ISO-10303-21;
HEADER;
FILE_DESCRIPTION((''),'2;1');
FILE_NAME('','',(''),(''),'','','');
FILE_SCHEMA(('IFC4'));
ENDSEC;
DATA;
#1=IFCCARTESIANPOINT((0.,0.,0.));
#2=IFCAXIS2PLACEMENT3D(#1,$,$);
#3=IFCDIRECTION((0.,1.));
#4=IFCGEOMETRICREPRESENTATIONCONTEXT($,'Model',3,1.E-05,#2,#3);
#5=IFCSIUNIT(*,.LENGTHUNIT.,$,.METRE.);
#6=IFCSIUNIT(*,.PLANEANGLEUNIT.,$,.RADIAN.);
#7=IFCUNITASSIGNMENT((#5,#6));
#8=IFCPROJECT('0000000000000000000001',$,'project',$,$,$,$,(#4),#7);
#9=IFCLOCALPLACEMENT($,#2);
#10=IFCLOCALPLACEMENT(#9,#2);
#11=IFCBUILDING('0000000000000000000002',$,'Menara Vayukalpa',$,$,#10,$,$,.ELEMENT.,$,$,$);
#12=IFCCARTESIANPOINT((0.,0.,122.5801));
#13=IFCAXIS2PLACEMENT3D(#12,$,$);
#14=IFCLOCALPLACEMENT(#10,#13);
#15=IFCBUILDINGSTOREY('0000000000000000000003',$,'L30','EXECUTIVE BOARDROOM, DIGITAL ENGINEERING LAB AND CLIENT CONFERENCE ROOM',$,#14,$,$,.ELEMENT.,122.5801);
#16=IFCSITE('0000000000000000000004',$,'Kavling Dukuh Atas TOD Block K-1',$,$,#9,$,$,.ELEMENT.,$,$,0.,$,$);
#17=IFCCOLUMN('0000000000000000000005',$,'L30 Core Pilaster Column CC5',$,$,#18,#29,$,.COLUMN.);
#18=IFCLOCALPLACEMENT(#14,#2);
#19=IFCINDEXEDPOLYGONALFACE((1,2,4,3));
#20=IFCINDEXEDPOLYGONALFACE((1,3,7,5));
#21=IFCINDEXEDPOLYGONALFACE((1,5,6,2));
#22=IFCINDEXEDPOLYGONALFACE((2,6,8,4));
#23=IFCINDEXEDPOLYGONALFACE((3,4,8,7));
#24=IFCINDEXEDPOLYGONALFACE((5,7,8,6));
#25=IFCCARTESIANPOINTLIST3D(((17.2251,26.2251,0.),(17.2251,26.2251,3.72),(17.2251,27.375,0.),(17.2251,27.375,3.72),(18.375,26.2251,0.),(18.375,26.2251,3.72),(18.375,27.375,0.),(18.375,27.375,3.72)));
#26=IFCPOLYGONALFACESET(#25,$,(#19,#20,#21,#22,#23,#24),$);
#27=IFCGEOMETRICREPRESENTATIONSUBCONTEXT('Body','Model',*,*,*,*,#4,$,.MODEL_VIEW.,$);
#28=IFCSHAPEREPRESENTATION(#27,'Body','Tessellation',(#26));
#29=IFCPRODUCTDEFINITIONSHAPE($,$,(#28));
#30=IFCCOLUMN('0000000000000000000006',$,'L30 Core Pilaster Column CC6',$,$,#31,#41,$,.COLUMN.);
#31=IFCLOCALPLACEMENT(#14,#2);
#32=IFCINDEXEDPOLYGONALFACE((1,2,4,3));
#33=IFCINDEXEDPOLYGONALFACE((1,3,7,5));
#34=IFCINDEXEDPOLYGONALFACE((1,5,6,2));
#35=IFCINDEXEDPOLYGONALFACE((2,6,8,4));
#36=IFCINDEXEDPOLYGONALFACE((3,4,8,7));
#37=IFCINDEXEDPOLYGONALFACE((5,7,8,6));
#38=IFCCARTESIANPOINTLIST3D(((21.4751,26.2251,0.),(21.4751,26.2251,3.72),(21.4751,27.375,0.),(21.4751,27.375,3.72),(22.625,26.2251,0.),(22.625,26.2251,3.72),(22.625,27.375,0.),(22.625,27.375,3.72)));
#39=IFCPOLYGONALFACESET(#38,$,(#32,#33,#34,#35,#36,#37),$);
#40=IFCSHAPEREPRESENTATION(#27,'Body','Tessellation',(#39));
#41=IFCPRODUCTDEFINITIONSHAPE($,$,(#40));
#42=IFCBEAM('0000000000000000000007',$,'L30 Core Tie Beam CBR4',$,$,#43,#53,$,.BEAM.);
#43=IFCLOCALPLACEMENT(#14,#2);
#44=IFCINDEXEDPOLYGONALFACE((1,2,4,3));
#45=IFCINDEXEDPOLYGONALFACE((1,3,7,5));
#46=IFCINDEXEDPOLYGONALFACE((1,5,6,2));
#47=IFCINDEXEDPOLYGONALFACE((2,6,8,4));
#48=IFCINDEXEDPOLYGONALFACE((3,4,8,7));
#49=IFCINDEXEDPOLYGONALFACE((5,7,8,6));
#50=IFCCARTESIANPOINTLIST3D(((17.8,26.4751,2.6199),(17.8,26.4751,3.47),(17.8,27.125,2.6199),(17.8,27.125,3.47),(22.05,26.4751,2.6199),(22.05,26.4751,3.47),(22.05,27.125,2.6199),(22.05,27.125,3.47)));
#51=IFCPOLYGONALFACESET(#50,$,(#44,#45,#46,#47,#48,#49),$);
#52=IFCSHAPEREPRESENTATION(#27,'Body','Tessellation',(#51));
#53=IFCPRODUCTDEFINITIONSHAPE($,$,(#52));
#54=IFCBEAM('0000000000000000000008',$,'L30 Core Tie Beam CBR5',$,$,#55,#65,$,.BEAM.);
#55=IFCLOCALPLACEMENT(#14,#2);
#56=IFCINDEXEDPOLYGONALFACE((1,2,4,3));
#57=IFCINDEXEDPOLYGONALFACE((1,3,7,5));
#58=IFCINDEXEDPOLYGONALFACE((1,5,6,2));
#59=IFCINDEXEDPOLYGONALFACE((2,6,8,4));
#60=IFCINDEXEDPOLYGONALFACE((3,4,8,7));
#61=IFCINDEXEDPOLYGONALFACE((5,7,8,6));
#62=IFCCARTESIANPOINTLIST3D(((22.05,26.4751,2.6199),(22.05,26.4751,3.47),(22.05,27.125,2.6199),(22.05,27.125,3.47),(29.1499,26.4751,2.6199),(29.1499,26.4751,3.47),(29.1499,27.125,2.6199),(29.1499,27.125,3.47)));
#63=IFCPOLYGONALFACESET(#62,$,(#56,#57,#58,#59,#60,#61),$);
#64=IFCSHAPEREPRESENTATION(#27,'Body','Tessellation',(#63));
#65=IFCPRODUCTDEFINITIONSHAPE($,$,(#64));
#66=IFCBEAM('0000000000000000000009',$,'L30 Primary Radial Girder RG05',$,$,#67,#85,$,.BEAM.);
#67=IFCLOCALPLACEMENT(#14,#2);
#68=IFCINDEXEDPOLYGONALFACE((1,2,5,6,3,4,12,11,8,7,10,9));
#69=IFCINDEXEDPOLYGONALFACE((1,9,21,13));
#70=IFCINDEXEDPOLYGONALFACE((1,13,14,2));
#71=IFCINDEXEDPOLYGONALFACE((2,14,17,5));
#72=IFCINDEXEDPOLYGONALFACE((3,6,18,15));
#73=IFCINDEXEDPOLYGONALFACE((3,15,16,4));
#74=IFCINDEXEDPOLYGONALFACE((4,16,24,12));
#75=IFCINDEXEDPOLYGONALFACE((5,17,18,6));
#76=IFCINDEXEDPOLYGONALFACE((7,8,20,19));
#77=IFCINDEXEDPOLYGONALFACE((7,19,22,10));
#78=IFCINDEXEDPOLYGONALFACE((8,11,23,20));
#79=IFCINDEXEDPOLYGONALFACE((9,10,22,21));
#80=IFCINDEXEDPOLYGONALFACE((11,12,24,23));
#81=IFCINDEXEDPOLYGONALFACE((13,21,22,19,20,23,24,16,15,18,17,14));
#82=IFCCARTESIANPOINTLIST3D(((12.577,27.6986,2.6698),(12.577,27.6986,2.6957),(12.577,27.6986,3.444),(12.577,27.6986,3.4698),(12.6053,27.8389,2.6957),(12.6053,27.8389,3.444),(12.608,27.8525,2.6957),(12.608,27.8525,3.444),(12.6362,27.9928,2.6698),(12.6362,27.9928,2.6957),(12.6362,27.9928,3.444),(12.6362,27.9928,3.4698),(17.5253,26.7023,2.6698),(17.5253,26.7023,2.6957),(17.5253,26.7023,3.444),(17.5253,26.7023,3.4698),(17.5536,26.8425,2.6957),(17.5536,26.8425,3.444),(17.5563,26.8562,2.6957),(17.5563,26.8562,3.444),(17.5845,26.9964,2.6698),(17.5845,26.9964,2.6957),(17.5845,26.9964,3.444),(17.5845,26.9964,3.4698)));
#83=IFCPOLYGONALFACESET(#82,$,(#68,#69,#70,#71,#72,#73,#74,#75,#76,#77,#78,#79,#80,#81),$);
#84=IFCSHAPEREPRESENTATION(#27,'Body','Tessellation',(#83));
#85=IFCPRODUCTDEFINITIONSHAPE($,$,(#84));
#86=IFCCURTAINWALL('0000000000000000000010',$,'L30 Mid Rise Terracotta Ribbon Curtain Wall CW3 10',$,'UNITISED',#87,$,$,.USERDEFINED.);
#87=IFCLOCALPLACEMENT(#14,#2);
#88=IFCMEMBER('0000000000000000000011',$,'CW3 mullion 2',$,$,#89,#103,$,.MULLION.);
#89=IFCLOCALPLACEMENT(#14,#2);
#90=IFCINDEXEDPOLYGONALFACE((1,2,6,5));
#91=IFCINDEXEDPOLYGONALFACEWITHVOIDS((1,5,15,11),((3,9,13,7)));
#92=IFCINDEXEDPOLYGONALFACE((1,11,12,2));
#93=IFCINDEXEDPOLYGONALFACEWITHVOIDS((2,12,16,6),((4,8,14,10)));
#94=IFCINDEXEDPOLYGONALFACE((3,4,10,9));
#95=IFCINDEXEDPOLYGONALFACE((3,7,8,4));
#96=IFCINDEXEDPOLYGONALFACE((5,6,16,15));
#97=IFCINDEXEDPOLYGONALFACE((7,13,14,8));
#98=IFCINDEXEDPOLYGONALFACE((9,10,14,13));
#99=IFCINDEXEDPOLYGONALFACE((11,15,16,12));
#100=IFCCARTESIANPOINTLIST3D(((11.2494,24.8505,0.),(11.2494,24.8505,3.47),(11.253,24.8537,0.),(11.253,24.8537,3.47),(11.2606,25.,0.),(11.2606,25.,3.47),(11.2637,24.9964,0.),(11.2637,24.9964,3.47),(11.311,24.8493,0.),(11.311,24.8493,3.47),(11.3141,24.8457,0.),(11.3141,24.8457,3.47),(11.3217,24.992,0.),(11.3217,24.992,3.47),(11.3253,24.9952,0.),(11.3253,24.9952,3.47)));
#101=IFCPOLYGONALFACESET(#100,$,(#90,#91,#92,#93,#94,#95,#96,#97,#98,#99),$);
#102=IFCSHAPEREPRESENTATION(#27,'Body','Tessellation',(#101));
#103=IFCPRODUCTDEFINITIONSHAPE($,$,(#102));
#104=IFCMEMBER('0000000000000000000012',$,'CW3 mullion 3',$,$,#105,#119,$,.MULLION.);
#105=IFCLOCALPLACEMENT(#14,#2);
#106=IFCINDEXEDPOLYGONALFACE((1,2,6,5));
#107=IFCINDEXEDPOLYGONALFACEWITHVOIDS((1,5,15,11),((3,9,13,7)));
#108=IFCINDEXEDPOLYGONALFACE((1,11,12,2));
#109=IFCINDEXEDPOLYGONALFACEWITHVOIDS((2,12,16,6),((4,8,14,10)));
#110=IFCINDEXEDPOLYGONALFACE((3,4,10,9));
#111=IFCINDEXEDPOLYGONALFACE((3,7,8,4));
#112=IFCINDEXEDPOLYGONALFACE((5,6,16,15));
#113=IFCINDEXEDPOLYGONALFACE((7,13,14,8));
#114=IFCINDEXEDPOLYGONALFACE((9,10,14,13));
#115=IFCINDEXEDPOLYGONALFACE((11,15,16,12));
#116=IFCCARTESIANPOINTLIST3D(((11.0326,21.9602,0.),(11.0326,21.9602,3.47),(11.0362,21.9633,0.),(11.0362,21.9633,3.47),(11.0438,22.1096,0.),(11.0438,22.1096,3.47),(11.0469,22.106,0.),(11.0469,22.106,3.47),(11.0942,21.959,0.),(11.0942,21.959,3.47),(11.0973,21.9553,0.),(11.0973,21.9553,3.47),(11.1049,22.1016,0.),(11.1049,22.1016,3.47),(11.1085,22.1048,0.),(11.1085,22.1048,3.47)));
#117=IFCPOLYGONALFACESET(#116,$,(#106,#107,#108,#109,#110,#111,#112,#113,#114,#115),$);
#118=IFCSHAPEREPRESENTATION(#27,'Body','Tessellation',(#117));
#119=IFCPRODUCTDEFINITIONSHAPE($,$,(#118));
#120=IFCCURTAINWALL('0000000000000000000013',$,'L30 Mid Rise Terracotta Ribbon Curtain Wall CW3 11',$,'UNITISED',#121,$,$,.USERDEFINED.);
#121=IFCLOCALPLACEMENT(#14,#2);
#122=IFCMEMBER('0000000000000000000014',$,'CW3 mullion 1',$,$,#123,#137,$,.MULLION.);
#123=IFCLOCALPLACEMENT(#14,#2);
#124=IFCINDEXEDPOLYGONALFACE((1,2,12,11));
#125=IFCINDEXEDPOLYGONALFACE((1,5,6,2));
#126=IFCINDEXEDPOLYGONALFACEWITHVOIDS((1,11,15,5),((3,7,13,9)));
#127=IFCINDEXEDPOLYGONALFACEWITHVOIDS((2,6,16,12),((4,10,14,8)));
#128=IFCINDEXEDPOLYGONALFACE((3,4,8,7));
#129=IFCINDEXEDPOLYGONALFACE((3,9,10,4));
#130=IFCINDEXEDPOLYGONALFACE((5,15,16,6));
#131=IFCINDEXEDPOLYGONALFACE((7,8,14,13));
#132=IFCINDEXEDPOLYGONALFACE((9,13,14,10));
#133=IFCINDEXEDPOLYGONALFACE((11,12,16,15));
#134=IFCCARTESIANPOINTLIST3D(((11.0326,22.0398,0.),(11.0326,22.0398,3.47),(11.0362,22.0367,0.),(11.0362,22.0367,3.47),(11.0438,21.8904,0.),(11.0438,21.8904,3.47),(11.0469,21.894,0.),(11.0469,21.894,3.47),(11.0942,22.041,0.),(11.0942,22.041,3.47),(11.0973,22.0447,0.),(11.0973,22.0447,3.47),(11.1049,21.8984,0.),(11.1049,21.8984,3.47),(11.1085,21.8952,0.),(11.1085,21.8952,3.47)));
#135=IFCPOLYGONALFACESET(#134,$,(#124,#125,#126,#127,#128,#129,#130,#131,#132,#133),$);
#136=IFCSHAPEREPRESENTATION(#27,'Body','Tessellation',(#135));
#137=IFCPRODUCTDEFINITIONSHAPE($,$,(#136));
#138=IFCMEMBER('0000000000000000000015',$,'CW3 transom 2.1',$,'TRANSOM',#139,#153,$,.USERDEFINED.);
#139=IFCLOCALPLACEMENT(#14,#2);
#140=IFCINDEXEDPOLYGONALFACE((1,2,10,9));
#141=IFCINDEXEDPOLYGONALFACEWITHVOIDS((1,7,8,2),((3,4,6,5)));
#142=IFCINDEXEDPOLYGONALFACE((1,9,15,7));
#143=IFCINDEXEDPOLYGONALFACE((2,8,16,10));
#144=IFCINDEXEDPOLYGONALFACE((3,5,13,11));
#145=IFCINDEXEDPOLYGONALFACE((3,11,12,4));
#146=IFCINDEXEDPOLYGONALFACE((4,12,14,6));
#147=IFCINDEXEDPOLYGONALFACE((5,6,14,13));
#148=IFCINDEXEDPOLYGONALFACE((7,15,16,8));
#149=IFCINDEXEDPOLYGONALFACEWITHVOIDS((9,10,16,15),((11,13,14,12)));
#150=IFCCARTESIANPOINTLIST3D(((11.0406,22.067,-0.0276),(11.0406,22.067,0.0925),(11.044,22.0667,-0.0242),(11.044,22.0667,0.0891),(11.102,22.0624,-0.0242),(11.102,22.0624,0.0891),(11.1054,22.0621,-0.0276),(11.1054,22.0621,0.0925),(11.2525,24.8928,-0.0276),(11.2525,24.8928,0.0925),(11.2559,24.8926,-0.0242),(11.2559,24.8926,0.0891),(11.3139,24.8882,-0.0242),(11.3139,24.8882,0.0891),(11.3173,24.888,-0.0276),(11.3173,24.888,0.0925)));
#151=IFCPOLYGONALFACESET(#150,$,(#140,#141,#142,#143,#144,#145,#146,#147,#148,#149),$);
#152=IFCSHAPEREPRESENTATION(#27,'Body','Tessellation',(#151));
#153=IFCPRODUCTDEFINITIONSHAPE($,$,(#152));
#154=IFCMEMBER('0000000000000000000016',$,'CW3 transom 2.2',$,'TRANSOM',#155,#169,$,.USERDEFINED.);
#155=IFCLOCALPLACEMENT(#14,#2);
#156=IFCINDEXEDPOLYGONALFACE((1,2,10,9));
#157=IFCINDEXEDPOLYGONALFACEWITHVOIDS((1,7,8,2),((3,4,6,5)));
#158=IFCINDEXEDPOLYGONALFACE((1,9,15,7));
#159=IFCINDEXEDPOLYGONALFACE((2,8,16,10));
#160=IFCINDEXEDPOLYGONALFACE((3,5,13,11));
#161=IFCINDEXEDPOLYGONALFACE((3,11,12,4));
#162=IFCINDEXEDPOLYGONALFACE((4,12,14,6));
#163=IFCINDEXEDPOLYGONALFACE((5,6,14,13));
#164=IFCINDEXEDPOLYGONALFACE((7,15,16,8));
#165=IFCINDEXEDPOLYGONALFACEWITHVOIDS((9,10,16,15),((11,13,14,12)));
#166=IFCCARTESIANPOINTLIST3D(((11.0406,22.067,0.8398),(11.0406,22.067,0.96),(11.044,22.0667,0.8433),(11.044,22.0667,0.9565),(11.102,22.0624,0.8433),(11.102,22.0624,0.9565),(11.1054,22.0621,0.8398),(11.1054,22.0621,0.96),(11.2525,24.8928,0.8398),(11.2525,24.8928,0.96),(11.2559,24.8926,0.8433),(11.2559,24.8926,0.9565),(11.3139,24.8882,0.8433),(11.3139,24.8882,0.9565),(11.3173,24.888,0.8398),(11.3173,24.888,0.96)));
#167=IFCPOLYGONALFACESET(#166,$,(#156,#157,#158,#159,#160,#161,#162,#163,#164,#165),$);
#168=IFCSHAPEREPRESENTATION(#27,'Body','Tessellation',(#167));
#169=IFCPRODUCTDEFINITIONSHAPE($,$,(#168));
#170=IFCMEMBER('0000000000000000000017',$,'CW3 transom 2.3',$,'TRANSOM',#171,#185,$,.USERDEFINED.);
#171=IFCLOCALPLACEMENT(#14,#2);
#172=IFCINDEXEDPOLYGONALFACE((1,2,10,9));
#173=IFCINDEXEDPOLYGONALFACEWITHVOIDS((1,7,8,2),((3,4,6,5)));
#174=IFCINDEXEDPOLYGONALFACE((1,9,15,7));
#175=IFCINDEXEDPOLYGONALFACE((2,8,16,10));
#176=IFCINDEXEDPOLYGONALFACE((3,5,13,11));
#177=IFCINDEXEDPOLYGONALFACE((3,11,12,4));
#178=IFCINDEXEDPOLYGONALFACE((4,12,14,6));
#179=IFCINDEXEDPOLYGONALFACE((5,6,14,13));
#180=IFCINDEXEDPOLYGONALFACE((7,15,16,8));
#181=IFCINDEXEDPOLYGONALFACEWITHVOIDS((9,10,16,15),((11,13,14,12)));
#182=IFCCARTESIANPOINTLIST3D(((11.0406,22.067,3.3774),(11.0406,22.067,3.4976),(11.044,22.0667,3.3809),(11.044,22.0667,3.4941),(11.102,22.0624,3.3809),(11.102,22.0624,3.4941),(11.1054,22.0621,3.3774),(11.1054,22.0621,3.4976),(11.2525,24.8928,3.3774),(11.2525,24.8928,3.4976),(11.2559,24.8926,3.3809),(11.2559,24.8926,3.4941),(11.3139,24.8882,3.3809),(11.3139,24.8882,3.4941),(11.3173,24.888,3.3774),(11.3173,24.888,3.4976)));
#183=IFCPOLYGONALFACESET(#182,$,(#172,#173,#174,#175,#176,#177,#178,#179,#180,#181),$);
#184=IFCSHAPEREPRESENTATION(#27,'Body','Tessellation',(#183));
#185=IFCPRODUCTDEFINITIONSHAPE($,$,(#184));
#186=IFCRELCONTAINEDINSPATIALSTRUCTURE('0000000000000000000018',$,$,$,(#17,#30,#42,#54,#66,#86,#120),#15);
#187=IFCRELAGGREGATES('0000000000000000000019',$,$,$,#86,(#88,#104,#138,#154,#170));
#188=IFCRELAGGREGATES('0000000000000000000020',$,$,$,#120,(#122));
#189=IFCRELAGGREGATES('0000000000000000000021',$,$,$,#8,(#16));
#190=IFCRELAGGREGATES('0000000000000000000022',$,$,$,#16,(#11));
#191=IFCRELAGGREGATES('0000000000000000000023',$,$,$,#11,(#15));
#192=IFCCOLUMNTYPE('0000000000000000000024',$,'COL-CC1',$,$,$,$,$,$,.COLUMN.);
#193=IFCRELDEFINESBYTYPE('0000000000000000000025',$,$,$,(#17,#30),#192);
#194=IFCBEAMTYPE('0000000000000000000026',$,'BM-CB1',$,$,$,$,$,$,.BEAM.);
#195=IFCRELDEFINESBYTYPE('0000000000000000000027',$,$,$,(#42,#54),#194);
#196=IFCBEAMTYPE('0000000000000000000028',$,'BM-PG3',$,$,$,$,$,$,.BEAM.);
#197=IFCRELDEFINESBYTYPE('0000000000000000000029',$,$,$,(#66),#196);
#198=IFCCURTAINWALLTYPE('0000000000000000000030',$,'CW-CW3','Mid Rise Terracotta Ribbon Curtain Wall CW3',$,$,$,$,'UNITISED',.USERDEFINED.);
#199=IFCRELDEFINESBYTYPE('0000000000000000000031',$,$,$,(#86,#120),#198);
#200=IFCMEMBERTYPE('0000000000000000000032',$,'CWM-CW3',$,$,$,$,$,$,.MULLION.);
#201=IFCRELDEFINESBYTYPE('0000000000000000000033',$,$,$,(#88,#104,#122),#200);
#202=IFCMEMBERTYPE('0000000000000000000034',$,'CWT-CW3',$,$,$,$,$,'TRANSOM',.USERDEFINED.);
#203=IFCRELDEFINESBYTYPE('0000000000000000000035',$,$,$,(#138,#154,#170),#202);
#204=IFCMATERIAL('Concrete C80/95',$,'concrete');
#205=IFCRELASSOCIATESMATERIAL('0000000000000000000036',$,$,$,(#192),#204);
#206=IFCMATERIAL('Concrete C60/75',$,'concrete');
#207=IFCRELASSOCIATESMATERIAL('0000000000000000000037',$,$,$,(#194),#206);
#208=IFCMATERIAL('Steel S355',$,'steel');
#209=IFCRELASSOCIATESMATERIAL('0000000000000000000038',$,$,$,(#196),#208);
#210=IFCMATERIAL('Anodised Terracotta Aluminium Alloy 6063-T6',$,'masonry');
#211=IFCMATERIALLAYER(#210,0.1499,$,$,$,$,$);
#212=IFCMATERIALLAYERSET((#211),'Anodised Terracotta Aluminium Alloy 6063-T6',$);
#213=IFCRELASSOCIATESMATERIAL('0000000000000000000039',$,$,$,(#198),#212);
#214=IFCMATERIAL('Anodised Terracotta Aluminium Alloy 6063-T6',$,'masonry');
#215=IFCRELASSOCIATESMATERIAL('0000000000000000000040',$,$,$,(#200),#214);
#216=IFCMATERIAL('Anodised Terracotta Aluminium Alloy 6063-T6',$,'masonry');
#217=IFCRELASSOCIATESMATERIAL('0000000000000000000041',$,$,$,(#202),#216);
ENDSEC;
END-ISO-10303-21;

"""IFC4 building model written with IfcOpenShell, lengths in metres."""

from ifc_helpers import new_model, si_unit, direction, frame, origin, origin_2d, place, context, subcontext, project, spatial, rectangle, hollow_rectangle, i_section, extrude, material, layer, layer_set, material_profile, profile_set, type_object, element, aggregate, save


model = new_model("IFC4")

# Units and contexts
model_context = context("Model", 3, precision=1e-05, world=origin(), true_north=direction((0.0, 1.0)))
body_context = subcontext(model_context, "Body", "Model", "MODEL_VIEW")
ifc_project = project(units=[si_unit("LENGTHUNIT", "METRE"), si_unit("PLANEANGLEUNIT", "RADIAN")], contexts=[model_context])

# Site, building, storey
site_placement = place(None, origin())
site = spatial("IfcSite", under=ifc_project, at=site_placement, Name="Kavling Dukuh Atas TOD Block K-1", CompositionType="ELEMENT", RefElevation=0.0)
building_placement = place(site_placement, origin())
building = spatial("IfcBuilding", under=site, at=building_placement, Name="Menara Vayukalpa", CompositionType="ELEMENT")
storey_placement = place(building_placement, frame((0.0, 0.0, 122.5801)))
storey = spatial("IfcBuildingStorey", under=building, at=storey_placement, Name="L30", Description="EXECUTIVE BOARDROOM, DIGITAL ENGINEERING LAB AND CLIENT CONFERENCE ROOM", CompositionType="ELEMENT", Elevation=122.5801)

# Columns
ifc_material_1 = material(Name="Concrete C80/95", Category="concrete")
ifc_material_profile_1 = material_profile(ifc_material_1, rectangle(XDim=1.1499, YDim=1.1499, at=origin_2d()), Name="RC 1150x1150")
ifc_profile_set_1 = profile_set([ifc_material_profile_1], Name="Concrete C80/95")
column_type = type_object("IfcColumnType", Name="COL-CC1", PredefinedType="COLUMN", material=ifc_profile_set_1)
for number, where, z_axis, x_axis, name in (
    (1, (17.8, 26.8, 0.0), (0.0, 0.0, 1.0), (1.0, 0.0, 0.0), "L30 Core Pilaster Column CC5"),
    (2, (22.05, 26.8, 0.0), (0.0, 0.0, 1.0), (1.0, 0.0, 0.0), "L30 Core Pilaster Column CC6"),
):
    element("IfcColumn", number, at=place(storey_placement, frame(where, z_axis=z_axis, x_axis=x_axis)), inside=storey, type_object=column_type, Name=name, PredefinedType="COLUMN", context=body_context, shape_type="SweptSolid", body=[
        extrude(rectangle(XDim=1.1499, YDim=1.1499, at=origin_2d()), origin(), (0.0, 0.0, 1.0), 3.72),
    ])

# Beams
ifc_material_2 = material(Name="Concrete C60/75", Category="concrete")
ifc_material_profile_2 = material_profile(ifc_material_2, rectangle(XDim=0.6499, YDim=0.8501, at=origin_2d()), Name="RC 650x850")
ifc_profile_set_2 = profile_set([ifc_material_profile_2], Name="Concrete C60/75")
beam_type_1 = type_object("IfcBeamType", Name="BM-CB1", PredefinedType="BEAM", material=ifc_profile_set_2)
beam_1_placement = place(storey_placement, frame((17.8, 26.8, 3.0449), z_axis=(1.0, 0.0, 0.0), x_axis=(0.0, 1.0, 0.0)))
element("IfcBeam", 3, at=beam_1_placement, inside=storey, type_object=beam_type_1, Name="L30 Core Tie Beam CBR4", PredefinedType="BEAM", context=body_context, shape_type="SweptSolid", body=[
    extrude(rectangle(XDim=0.6499, YDim=0.8501, at=origin_2d()), origin(), (0.0, 0.0, 1.0), 4.25),
])
beam_2_placement = place(storey_placement, frame((22.05, 26.8, 3.0449), z_axis=(1.0, 0.0, 0.0), x_axis=(0.0, 1.0, 0.0)))
element("IfcBeam", 4, at=beam_2_placement, inside=storey, type_object=beam_type_1, Name="L30 Core Tie Beam CBR5", PredefinedType="BEAM", context=body_context, shape_type="SweptSolid", body=[
    extrude(rectangle(XDim=0.6499, YDim=0.8501, at=origin_2d()), origin(), (0.0, 0.0, 1.0), 7.0999),
])
ifc_material_3 = material(Name="Steel S355", Category="steel")
ifc_material_profile_3 = material_profile(ifc_material_3, i_section(OverallWidth=0.3, OverallDepth=0.8, WebThickness=0.0139, FlangeThickness=0.0259, at=origin_2d()), Name="WF 800x300x14x26")
ifc_profile_set_3 = profile_set([ifc_material_profile_3], Name="Steel S355")
beam_type_2 = type_object("IfcBeamType", Name="BM-PG3", PredefinedType="BEAM", material=ifc_profile_set_3)
beam_3_placement = place(storey_placement, frame((17.5549, 26.8494, 3.0698), z_axis=(-0.980325, 0.19739, 0.0), x_axis=(-0.19739, -0.980325, 0.0)))
element("IfcBeam", 5, at=beam_3_placement, inside=storey, type_object=beam_type_2, Name="L30 Primary Radial Girder RG05", PredefinedType="BEAM", context=body_context, shape_type="SweptSolid", body=[
    extrude(i_section(OverallWidth=0.3, OverallDepth=0.8, WebThickness=0.0139, FlangeThickness=0.0259, at=origin_2d()), origin(), (0.0, 0.0, 1.0), 5.0476),
])

# Curtain wall, members
ifc_material_4 = material(Name="Anodised Terracotta Aluminium Alloy 6063-T6", Category="masonry")
ifc_layer_1 = layer(ifc_material_4, 0.1499)
ifc_layer_set_1 = layer_set([ifc_layer_1], Name="Anodised Terracotta Aluminium Alloy 6063-T6")
curtain_wall_type = type_object("IfcCurtainWallType", Name="CW-CW3", Description="Mid Rise Terracotta Ribbon Curtain Wall CW3", ElementType="UNITISED", PredefinedType="USERDEFINED", material=ifc_layer_set_1)
curtain_wall_1_placement = place(storey_placement, origin())
curtain_wall_1 = element("IfcCurtainWall", 6, at=curtain_wall_1_placement, inside=storey, type_object=curtain_wall_type, Name="L30 Mid Rise Terracotta Ribbon Curtain Wall CW3 10", ObjectType="UNITISED", PredefinedType="USERDEFINED")
ifc_material_5 = material(Name="Anodised Terracotta Aluminium Alloy 6063-T6", Category="masonry")
ifc_material_profile_4 = material_profile(ifc_material_5, hollow_rectangle(XDim=0.0649, YDim=0.1499, WallThickness=0.0034, at=origin_2d()), Name="ALU 65x150x3.5")
ifc_profile_set_4 = profile_set([ifc_material_profile_4], Name="Anodised Terracotta Aluminium Alloy 6063-T6")
member_type_1 = type_object("IfcMemberType", Name="CWM-CW3", PredefinedType="MULLION", material=ifc_profile_set_4)
member_1_placement = place(storey_placement, frame((11.2874, 24.9229, 0.0), z_axis=(0.0, 0.0, 1.0), x_axis=(0.9972, -0.074785, 0.0)))
member_1 = element("IfcMember", 7, at=member_1_placement, type_object=member_type_1, Name="CW3 mullion 2", PredefinedType="MULLION", context=body_context, shape_type="SweptSolid", body=[
    extrude(hollow_rectangle(XDim=0.0649, YDim=0.1499, WallThickness=0.0034, at=origin_2d()), origin(), (0.0, 0.0, 1.0), 3.47),
])
member_2_placement = place(storey_placement, frame((11.0706, 22.0325, 0.0), z_axis=(0.0, 0.0, 1.0), x_axis=(0.9972, -0.074785, 0.0)))
member_2 = element("IfcMember", 8, at=member_2_placement, type_object=member_type_1, Name="CW3 mullion 3", PredefinedType="MULLION", context=body_context, shape_type="SweptSolid", body=[
    extrude(hollow_rectangle(XDim=0.0649, YDim=0.1499, WallThickness=0.0034, at=origin_2d()), origin(), (0.0, 0.0, 1.0), 3.47),
])

# Curtain wall, member
curtain_wall_2_placement = place(storey_placement, origin())
curtain_wall_2 = element("IfcCurtainWall", 9, at=curtain_wall_2_placement, inside=storey, type_object=curtain_wall_type, Name="L30 Mid Rise Terracotta Ribbon Curtain Wall CW3 11", ObjectType="UNITISED", PredefinedType="USERDEFINED")
member_3_placement = place(storey_placement, frame((11.0706, 21.9675, 0.0), z_axis=(0.0, 0.0, 1.0), x_axis=(0.9972, 0.074785, 0.0)))
member_3 = element("IfcMember", 10, at=member_3_placement, type_object=member_type_1, Name="CW3 mullion 1", PredefinedType="MULLION", context=body_context, shape_type="SweptSolid", body=[
    extrude(hollow_rectangle(XDim=0.0649, YDim=0.1499, WallThickness=0.0034, at=origin_2d()), origin(), (0.0, 0.0, 1.0), 3.47),
])

# Members
ifc_material_6 = material(Name="Anodised Terracotta Aluminium Alloy 6063-T6", Category="masonry")
ifc_material_profile_5 = material_profile(ifc_material_6, hollow_rectangle(XDim=0.0649, YDim=0.1201, WallThickness=0.0034, at=origin_2d()), Name="ALU 65x120x3.5")
ifc_profile_set_5 = profile_set([ifc_material_profile_5], Name="Anodised Terracotta Aluminium Alloy 6063-T6")
member_type_2 = type_object("IfcMemberType", Name="CWT-CW3", ElementType="TRANSOM", PredefinedType="USERDEFINED", material=ifc_profile_set_5)
member_4_placement = place(storey_placement, frame((11.2849, 24.8904, 0.0325), z_axis=(-0.074786, -0.9972, 0.0), x_axis=(0.9972, -0.074786, 0.0)))
member_4 = element("IfcMember", 11, at=member_4_placement, type_object=member_type_2, Name="CW3 transom 2.1", ObjectType="TRANSOM", PredefinedType="USERDEFINED", context=body_context, shape_type="SweptSolid", body=[
    extrude(hollow_rectangle(XDim=0.0649, YDim=0.1201, WallThickness=0.0034, at=origin_2d()), origin(), (0.0, 0.0, 1.0), 2.8337),
])
member_5_placement = place(storey_placement, frame((11.2849, 24.8904, 0.8999), z_axis=(-0.074786, -0.9972, 0.0), x_axis=(0.9972, -0.074786, 0.0)))
member_5 = element("IfcMember", 12, at=member_5_placement, type_object=member_type_2, Name="CW3 transom 2.2", ObjectType="TRANSOM", PredefinedType="USERDEFINED", context=body_context, shape_type="SweptSolid", body=[
    extrude(hollow_rectangle(XDim=0.0649, YDim=0.1201, WallThickness=0.0034, at=origin_2d()), origin(), (0.0, 0.0, 1.0), 2.8337),
])
member_6_placement = place(storey_placement, frame((11.2849, 24.8904, 3.4375), z_axis=(-0.074786, -0.9972, 0.0), x_axis=(0.9972, -0.074786, 0.0)))
member_6 = element("IfcMember", 13, at=member_6_placement, type_object=member_type_2, Name="CW3 transom 2.3", ObjectType="TRANSOM", PredefinedType="USERDEFINED", context=body_context, shape_type="SweptSolid", body=[
    extrude(hollow_rectangle(XDim=0.0649, YDim=0.1201, WallThickness=0.0034, at=origin_2d()), origin(), (0.0, 0.0, 1.0), 2.8337),
])

aggregate(curtain_wall_1, [member_1, member_2, member_4, member_5, member_6])
aggregate(curtain_wall_2, [member_3])

save(model, "model.ifc")
